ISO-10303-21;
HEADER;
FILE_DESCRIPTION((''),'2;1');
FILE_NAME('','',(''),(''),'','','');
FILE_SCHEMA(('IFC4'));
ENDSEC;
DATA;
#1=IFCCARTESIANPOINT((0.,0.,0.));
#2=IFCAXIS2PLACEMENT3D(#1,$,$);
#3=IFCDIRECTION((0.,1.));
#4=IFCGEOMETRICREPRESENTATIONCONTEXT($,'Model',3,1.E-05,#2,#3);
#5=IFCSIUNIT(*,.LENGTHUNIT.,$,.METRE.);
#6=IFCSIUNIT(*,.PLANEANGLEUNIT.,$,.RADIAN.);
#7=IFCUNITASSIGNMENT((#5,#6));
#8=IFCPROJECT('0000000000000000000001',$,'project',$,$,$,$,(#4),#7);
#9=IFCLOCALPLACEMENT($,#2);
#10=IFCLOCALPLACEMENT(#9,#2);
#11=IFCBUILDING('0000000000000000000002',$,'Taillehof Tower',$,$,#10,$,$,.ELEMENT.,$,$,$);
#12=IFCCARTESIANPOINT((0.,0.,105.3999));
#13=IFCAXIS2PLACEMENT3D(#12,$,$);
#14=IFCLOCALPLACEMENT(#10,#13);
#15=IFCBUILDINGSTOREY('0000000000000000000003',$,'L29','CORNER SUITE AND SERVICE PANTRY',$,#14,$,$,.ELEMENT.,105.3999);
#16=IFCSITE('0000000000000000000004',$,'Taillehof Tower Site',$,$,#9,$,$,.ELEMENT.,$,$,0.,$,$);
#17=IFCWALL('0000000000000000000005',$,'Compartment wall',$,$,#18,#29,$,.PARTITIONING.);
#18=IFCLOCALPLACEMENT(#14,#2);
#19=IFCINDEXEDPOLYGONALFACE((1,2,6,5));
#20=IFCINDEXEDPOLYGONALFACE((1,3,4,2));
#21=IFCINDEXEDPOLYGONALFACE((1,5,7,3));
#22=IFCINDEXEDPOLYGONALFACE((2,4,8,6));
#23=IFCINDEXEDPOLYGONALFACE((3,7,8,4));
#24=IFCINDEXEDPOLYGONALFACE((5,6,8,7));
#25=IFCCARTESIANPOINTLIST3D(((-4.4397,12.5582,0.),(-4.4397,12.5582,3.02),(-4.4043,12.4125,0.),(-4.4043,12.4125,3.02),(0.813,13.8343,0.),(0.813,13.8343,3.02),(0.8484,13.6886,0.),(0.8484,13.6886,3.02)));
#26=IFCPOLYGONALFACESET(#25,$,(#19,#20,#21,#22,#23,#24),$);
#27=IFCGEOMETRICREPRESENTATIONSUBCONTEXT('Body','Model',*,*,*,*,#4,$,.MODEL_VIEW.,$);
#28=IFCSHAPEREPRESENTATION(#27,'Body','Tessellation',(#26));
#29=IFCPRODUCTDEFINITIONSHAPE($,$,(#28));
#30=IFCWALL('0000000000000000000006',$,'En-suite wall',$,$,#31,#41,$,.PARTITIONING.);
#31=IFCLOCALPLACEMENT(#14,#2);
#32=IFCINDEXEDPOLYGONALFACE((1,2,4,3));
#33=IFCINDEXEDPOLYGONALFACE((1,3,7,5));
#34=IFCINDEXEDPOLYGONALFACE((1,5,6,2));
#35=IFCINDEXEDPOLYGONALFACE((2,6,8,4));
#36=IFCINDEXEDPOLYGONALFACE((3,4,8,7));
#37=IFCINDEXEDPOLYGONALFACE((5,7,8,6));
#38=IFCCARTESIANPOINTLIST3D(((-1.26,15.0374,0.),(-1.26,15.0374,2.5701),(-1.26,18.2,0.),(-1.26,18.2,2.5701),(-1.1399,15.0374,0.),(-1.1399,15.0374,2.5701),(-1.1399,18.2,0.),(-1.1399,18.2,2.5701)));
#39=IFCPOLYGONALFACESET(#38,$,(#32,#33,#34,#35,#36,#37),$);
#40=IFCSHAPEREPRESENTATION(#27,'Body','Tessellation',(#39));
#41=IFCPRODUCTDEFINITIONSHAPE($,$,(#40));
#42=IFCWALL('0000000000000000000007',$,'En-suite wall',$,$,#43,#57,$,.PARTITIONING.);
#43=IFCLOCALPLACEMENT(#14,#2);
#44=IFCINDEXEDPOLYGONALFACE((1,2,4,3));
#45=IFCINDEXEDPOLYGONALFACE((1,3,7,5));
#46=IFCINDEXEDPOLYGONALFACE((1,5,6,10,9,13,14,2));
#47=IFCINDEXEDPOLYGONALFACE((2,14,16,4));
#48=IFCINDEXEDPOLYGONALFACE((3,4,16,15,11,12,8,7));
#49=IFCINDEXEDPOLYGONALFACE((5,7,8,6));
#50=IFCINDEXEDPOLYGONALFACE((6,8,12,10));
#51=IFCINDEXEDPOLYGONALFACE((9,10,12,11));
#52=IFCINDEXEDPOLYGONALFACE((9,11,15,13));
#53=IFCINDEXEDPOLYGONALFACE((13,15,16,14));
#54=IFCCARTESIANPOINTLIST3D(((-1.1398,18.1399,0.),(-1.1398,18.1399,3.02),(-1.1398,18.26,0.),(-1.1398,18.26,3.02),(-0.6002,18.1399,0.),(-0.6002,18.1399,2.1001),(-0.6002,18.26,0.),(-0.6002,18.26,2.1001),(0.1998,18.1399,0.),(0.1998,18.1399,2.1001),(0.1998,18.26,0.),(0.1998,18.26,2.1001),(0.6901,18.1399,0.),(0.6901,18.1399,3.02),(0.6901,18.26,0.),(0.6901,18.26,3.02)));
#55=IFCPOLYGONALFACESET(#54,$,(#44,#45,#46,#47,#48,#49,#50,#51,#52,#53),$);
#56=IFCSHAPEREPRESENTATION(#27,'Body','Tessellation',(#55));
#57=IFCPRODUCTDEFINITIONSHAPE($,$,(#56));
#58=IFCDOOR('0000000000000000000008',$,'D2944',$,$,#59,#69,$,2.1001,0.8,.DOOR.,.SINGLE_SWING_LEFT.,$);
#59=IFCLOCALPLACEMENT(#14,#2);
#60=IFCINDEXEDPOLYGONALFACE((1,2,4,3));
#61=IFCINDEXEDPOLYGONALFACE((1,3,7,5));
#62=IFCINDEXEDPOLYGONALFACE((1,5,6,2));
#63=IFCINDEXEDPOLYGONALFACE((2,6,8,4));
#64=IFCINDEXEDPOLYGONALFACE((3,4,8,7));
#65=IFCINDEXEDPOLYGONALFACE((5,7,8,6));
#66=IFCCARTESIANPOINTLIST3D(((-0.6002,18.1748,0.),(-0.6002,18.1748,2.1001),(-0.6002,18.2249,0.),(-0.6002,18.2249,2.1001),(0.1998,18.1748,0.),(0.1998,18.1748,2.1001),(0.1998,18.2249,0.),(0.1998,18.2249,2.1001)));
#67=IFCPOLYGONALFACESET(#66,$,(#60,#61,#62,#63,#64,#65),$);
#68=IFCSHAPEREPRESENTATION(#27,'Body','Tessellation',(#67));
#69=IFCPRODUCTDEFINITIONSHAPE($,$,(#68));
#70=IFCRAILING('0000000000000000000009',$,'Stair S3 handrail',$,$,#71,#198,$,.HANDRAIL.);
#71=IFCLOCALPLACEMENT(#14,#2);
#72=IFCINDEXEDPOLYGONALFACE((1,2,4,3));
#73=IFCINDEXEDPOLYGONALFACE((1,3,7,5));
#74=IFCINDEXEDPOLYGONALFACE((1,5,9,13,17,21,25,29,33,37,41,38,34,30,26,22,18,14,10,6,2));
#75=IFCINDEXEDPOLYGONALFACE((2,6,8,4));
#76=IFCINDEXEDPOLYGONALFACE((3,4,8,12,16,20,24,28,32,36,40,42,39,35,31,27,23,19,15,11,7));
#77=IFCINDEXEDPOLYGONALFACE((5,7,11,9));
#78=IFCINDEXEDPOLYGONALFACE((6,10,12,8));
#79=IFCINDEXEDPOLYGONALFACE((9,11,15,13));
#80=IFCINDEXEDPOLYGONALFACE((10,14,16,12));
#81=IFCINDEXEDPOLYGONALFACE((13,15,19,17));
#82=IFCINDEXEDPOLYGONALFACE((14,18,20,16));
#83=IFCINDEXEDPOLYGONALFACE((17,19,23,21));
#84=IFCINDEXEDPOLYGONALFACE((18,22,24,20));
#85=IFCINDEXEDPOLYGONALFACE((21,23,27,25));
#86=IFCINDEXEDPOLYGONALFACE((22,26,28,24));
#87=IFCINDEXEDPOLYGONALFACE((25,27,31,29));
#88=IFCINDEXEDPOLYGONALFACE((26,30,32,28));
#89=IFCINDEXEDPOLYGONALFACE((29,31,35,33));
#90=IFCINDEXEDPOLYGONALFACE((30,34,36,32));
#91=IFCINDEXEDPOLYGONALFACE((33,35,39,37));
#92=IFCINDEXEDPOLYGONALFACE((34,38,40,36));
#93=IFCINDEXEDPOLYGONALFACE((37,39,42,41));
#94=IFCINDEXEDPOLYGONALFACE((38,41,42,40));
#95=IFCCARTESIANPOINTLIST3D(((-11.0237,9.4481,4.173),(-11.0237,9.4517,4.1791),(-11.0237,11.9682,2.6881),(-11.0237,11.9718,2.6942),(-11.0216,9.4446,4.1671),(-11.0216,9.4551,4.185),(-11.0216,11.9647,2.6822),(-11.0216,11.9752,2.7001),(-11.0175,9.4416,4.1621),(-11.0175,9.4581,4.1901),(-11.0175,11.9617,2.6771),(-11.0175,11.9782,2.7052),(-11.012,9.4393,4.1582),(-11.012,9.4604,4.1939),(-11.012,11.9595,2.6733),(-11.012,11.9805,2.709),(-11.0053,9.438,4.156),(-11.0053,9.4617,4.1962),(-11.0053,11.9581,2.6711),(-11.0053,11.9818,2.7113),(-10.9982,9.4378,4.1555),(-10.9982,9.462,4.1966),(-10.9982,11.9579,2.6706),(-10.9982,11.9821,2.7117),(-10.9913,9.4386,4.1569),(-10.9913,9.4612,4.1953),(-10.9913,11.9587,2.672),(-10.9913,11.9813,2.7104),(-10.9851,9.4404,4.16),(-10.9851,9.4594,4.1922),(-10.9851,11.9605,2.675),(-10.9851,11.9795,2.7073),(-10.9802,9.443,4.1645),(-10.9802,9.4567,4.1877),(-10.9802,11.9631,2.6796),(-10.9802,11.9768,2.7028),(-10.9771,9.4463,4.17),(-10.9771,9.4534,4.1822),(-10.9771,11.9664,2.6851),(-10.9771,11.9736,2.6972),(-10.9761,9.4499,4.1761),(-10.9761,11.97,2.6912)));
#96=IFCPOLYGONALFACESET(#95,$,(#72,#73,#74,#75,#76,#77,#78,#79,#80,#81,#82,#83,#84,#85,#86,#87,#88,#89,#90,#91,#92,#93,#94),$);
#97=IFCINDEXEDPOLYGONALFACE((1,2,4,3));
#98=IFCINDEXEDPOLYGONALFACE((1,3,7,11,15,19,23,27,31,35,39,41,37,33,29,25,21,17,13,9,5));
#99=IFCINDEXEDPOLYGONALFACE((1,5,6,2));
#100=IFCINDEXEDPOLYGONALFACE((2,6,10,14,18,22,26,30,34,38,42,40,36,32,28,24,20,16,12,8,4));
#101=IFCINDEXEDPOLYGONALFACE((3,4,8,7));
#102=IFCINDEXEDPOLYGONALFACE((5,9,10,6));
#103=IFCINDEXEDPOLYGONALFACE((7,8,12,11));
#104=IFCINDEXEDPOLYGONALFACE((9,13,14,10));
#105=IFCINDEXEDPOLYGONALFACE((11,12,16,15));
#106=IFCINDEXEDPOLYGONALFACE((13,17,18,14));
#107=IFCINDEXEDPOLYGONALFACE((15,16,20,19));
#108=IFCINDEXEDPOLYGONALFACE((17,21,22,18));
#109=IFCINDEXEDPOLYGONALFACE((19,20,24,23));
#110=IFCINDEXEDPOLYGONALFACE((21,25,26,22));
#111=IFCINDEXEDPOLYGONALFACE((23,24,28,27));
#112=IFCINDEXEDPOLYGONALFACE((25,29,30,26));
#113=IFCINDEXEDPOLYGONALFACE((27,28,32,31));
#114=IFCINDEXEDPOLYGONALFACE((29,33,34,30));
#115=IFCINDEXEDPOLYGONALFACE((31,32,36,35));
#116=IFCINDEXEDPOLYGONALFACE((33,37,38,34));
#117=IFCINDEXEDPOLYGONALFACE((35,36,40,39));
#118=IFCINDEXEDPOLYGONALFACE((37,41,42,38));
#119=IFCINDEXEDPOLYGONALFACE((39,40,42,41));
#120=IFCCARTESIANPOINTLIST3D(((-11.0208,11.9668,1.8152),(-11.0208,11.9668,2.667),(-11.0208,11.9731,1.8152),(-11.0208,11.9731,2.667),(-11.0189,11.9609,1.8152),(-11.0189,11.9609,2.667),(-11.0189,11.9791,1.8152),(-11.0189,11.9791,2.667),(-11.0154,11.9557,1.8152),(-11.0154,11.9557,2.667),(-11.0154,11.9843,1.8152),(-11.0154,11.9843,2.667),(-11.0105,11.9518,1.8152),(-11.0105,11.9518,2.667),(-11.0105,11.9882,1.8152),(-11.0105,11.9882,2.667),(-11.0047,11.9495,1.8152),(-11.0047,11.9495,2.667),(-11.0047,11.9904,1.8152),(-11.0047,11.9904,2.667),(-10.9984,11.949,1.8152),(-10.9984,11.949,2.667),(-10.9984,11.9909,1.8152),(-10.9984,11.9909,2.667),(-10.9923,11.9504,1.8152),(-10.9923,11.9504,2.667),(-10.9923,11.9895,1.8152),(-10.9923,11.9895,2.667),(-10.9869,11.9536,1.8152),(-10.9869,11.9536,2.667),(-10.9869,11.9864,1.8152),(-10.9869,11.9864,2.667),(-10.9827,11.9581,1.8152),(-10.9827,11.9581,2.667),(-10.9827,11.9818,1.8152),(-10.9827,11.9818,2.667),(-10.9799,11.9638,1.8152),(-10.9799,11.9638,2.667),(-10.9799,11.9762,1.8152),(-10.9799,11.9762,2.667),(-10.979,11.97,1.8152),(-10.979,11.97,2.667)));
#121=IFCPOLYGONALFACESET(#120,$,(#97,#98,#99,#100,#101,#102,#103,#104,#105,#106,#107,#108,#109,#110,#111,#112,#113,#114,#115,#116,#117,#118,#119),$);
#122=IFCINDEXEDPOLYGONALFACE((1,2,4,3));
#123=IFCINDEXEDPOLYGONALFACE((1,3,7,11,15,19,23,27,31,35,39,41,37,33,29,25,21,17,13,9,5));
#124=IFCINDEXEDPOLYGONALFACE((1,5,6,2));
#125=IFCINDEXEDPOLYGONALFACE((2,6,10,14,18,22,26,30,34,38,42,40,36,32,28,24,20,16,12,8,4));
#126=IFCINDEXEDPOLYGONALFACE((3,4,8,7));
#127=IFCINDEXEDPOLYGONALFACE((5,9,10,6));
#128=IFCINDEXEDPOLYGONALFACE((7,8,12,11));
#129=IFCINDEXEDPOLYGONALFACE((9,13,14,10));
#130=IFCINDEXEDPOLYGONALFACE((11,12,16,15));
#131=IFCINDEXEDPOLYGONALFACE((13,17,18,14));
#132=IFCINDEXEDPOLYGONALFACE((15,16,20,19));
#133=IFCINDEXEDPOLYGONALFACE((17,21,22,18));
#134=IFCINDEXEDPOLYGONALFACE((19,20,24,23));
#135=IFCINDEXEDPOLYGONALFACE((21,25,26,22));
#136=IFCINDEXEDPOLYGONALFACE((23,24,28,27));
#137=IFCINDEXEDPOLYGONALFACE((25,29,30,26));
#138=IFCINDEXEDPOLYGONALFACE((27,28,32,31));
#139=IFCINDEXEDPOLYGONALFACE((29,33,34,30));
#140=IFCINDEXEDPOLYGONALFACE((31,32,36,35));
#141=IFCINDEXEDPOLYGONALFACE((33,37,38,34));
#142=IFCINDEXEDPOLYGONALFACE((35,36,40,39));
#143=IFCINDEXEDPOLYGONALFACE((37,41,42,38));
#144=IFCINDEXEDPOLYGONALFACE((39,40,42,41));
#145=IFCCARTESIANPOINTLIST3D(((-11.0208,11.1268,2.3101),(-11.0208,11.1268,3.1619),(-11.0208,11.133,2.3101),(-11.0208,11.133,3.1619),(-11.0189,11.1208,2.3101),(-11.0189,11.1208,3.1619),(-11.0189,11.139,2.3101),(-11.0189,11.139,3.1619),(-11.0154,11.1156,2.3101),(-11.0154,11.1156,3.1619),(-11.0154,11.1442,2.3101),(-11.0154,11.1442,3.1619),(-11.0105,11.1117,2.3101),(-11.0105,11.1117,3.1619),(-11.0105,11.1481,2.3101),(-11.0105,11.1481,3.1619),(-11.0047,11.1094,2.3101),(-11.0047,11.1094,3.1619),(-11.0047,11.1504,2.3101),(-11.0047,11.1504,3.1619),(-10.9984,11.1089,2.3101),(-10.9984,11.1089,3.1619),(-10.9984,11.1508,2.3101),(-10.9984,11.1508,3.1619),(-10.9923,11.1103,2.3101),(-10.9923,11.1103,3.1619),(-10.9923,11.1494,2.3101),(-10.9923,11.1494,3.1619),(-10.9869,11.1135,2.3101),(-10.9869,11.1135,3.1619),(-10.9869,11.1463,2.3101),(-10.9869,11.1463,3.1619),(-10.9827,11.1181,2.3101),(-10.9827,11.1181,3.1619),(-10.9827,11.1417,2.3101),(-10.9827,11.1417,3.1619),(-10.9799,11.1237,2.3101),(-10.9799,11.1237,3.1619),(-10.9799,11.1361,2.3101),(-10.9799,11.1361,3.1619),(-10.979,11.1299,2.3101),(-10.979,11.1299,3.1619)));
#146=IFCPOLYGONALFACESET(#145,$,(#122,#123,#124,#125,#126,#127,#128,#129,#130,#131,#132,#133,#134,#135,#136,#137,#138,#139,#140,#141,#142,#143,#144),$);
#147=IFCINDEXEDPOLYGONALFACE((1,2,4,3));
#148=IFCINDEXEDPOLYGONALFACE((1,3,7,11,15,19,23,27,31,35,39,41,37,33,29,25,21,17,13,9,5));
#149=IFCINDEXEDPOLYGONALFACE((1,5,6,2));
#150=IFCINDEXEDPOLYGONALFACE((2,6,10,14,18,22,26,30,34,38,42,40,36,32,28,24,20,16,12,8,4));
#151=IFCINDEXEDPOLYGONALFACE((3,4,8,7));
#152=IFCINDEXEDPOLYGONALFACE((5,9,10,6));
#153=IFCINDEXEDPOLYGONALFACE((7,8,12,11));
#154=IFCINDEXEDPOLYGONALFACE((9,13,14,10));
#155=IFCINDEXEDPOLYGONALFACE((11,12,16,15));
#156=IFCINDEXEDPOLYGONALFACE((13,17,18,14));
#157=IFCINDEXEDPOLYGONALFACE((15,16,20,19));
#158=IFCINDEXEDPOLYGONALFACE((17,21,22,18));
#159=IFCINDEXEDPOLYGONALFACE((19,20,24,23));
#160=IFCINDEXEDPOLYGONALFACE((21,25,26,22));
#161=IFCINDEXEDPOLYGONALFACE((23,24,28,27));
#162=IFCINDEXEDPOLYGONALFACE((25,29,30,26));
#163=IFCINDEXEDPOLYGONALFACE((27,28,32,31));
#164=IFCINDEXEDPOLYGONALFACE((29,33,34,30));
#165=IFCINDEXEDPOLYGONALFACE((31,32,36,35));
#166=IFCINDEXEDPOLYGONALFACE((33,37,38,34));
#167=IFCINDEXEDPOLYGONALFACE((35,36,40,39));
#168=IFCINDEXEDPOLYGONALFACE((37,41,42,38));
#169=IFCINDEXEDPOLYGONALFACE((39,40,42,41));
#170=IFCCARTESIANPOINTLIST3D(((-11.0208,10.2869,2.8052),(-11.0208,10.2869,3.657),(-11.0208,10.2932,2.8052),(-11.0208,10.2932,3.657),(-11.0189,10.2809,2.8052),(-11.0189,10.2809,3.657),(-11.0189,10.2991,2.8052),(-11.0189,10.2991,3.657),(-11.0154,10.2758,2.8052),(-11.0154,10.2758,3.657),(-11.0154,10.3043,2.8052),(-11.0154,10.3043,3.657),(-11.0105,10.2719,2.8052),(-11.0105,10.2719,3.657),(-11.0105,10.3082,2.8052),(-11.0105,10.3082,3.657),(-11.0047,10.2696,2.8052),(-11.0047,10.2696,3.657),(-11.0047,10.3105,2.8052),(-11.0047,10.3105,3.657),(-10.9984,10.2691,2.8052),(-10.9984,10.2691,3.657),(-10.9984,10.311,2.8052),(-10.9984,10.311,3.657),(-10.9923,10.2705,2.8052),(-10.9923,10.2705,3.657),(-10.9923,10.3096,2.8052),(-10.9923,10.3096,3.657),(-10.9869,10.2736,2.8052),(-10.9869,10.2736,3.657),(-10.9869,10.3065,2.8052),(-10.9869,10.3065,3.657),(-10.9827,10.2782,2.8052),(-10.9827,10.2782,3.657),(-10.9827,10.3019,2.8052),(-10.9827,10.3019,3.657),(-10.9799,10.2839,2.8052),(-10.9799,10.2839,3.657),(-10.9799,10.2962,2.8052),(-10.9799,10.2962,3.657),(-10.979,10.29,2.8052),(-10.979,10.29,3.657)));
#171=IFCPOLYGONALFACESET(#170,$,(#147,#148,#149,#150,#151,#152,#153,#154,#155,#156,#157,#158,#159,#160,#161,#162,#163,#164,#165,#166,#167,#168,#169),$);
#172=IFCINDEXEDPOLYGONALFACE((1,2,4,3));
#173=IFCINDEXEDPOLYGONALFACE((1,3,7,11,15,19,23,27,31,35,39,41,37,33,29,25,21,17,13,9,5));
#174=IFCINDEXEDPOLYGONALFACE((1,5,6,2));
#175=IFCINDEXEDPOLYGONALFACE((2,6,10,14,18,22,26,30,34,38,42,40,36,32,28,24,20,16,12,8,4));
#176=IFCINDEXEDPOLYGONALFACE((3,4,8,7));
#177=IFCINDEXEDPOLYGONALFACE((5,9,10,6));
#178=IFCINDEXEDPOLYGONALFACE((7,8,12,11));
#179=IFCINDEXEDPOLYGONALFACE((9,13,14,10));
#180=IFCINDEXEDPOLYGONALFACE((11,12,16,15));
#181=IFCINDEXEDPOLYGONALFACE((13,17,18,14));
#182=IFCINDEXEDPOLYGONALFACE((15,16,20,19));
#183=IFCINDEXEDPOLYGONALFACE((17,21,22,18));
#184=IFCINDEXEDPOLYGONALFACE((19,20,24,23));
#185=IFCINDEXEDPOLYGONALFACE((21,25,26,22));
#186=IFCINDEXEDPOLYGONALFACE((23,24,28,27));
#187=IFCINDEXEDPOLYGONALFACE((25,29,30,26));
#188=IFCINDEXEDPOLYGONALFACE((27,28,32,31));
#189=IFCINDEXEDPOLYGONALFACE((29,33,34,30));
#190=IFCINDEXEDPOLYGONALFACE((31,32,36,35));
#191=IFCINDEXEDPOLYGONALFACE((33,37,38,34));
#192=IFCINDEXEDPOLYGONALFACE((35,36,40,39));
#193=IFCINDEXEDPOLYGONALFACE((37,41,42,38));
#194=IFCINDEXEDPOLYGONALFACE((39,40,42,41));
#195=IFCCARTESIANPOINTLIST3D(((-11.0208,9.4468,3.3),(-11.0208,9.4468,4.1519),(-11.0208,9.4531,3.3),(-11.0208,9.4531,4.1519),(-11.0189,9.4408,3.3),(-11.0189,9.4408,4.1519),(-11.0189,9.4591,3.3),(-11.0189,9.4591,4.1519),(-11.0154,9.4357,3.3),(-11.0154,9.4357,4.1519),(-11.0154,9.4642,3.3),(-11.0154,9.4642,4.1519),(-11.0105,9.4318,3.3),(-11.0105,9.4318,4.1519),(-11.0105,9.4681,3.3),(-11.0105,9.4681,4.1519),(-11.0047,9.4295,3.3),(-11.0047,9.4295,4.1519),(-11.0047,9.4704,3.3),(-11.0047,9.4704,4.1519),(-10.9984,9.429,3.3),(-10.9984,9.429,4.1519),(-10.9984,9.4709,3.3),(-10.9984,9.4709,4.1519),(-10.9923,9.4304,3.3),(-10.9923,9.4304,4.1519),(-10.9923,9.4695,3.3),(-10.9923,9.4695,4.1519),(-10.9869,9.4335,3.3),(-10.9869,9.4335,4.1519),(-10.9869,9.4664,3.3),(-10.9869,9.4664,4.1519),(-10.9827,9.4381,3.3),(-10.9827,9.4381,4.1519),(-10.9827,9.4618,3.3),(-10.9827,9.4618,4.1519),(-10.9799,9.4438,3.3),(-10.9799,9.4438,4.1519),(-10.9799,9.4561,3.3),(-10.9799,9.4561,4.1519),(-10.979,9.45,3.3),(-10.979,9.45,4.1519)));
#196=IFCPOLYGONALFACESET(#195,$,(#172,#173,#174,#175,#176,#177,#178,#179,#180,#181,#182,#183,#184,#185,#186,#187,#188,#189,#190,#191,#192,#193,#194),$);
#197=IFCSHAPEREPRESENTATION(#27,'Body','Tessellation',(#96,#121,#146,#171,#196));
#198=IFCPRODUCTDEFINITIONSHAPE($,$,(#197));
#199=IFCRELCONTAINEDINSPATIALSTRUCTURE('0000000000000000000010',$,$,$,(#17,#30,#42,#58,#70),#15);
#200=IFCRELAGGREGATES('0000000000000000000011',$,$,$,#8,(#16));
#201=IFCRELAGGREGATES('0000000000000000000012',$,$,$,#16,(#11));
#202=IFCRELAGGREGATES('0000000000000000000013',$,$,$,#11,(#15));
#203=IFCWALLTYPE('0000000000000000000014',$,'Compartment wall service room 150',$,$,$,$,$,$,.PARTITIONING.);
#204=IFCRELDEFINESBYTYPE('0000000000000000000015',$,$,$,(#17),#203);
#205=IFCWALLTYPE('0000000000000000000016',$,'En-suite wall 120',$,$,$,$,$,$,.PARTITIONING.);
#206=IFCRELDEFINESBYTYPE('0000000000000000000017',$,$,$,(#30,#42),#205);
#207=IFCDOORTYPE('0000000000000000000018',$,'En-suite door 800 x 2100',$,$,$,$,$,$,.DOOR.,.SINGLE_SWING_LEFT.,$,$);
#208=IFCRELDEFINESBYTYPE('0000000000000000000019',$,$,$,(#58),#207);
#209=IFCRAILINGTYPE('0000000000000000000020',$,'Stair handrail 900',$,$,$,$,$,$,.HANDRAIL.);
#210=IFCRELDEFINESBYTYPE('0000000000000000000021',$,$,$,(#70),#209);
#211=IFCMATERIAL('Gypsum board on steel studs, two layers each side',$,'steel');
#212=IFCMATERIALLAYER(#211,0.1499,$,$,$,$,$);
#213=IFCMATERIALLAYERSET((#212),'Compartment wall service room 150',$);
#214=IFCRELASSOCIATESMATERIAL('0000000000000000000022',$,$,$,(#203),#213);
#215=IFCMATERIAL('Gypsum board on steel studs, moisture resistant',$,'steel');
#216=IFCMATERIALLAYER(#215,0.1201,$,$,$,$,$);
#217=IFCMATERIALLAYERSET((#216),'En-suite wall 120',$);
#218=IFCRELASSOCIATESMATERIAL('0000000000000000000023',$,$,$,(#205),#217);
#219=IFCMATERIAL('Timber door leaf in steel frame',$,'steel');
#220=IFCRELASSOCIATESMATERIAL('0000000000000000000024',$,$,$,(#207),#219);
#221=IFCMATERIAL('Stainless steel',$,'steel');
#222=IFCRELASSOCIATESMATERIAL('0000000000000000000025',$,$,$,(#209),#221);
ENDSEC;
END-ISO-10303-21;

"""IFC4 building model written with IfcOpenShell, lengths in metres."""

from ifc_helpers import new_model, si_unit, direction, frame, frame_2d, origin, origin_2d, place, context, subcontext, project, spatial, rectangle, circle, extrude, material, layer, layer_set, type_object, element, fill, save


model = new_model("IFC4")

# Units and contexts
model_context = context("Model", 3, precision=1e-05, world=origin(), true_north=direction((0.0, 1.0)))
body_context = subcontext(model_context, "Body", "Model", "MODEL_VIEW")
ifc_project = project(units=[si_unit("LENGTHUNIT", "METRE"), si_unit("PLANEANGLEUNIT", "RADIAN")], contexts=[model_context])

# Site, building, storey
site_placement = place(None, origin())
site = spatial("IfcSite", under=ifc_project, at=site_placement, Name="Taillehof Tower Site", CompositionType="ELEMENT", RefElevation=0.0)
building_placement = place(site_placement, origin())
building = spatial("IfcBuilding", under=site, at=building_placement, Name="Taillehof Tower", CompositionType="ELEMENT")
storey_placement = place(building_placement, frame((0.0, 0.0, 105.3999)))
storey = spatial("IfcBuildingStorey", under=building, at=storey_placement, Name="L29", Description="CORNER SUITE AND SERVICE PANTRY", CompositionType="ELEMENT", Elevation=105.3999)

# Walls
ifc_material_1 = material(Name="Gypsum board on steel studs, two layers each side", Category="steel")
ifc_layer_1 = layer(ifc_material_1, 0.1499)
ifc_layer_set_1 = layer_set([ifc_layer_1], Name="Compartment wall service room 150")
wall_type_1 = type_object("IfcWallType", Name="Compartment wall service room 150", PredefinedType="PARTITIONING", material=ifc_layer_set_1)
wall_1_placement = place(storey_placement, frame((-4.4219, 12.4854, 0.0), z_axis=(0.0, 0.0, 1.0), x_axis=(0.971734, 0.23608, 0.0)))
element("IfcWall", 1, at=wall_1_placement, inside=storey, type_object=wall_type_1, Name="Compartment wall", PredefinedType="PARTITIONING", context=body_context, shape_type="SweptSolid", body=[
    extrude(rectangle(XDim=5.4055, YDim=0.1499, at=frame_2d((2.7026, 0.0))), origin(), (0.0, 0.0, 1.0), 3.02),
])
ifc_material_2 = material(Name="Gypsum board on steel studs, moisture resistant", Category="steel")
ifc_layer_2 = layer(ifc_material_2, 0.1201)
ifc_layer_set_2 = layer_set([ifc_layer_2], Name="En-suite wall 120")
wall_type_2 = type_object("IfcWallType", Name="En-suite wall 120", PredefinedType="PARTITIONING", material=ifc_layer_set_2)
wall_2_placement = place(storey_placement, frame((-1.2, 15.0374, 0.0), z_axis=(0.0, 0.0, 1.0), x_axis=(0.0, 1.0, 0.0)))
element("IfcWall", 2, at=wall_2_placement, inside=storey, type_object=wall_type_2, Name="En-suite wall", PredefinedType="PARTITIONING", context=body_context, shape_type="SweptSolid", body=[
    extrude(rectangle(XDim=3.1626, YDim=0.1201, at=frame_2d((1.5813, 0.0))), origin(), (0.0, 0.0, 1.0), 2.5701),
])

# Wall, opening, door
wall_3_placement = place(storey_placement, frame((-1.1399, 18.2, 0.0), z_axis=(0.0, 0.0, 1.0), x_axis=(1.0, 0.0, 0.0)))
wall_3 = element("IfcWall", 3, at=wall_3_placement, inside=storey, type_object=wall_type_2, Name="En-suite wall", PredefinedType="PARTITIONING", context=body_context, shape_type="SweptSolid", body=[
    extrude(rectangle(XDim=1.8298, YDim=0.1201, at=frame_2d((0.915, 0.0))), origin(), (0.0, 0.0, 1.0), 3.02),
])
opening_1_placement = place(wall_3_placement, frame((0.5398, 0.0, 0.0)))
opening_1 = element("IfcOpeningElement", 4, at=opening_1_placement, cuts=wall_3, PredefinedType="OPENING", context=body_context, shape_type="SweptSolid", body=[
    extrude(rectangle(XDim=0.8, YDim=2.1001, at=frame_2d((0.3999, 1.05))), frame((0.0, 0.0701, 0.0), z_axis=(0.0, -1.0, 0.0), x_axis=(1.0, 0.0, 0.0)), (0.0, 0.0, 1.0), 0.1401),
])
ifc_material_3 = material(Name="Timber door leaf in steel frame", Category="steel")
door_type_1 = type_object("IfcDoorType", Name="En-suite door 800 x 2100", OperationType="SINGLE_SWING_LEFT", PredefinedType="DOOR", material=ifc_material_3)
door_1_placement = place(opening_1_placement, origin())
door_1 = element("IfcDoor", 5, at=door_1_placement, inside=storey, type_object=door_type_1, Name="D2944", OperationType="SINGLE_SWING_LEFT", OverallHeight=2.1001, OverallWidth=0.8, PredefinedType="DOOR", context=body_context, shape_type="SweptSolid", body=[
    extrude(rectangle(XDim=0.8, YDim=2.1001, at=frame_2d((0.3999, 1.05))), frame((0.0, 0.0249, 0.0), z_axis=(0.0, -1.0, 0.0), x_axis=(1.0, 0.0, 0.0)), (0.0, 0.0, 1.0), 0.05),
])
fill(opening_1, door_1)

# Railing
ifc_material_4 = material(Name="Stainless steel", Category="steel")
railing_type = type_object("IfcRailingType", Name="Stair handrail 900", PredefinedType="HANDRAIL", material=ifc_material_4)
railing_placement = place(storey_placement, frame((-11.0, 11.97, 1.8152)))
element("IfcRailing", 6, at=railing_placement, inside=storey, type_object=railing_type, Name="Stair S3 handrail", PredefinedType="HANDRAIL", context=body_context, shape_type="SweptSolid", body=[
    extrude(circle(Radius=0.0239, at=origin_2d()), frame((0.0, 0.0, 0.876), z_axis=(0.0, -0.861561, 0.507655), x_axis=(1.0, 0.0, 0.0)), (0.0, 0.0, 1.0), 2.925),
    extrude(circle(Radius=0.021, at=origin_2d()), origin(), (0.0, 0.0, 1.0), 0.8518),
    extrude(circle(Radius=0.021, at=origin_2d()), frame((0.0, -0.8401, 0.4949)), (0.0, 0.0, 1.0), 0.8518),
    extrude(circle(Radius=0.021, at=origin_2d()), frame((0.0, -1.6799, 0.99)), (0.0, 0.0, 1.0), 0.8518),
    extrude(circle(Radius=0.021, at=origin_2d()), frame((0.0, -2.52, 1.4849)), (0.0, 0.0, 1.0), 0.8518),
])

save(model, "model.ifc")
